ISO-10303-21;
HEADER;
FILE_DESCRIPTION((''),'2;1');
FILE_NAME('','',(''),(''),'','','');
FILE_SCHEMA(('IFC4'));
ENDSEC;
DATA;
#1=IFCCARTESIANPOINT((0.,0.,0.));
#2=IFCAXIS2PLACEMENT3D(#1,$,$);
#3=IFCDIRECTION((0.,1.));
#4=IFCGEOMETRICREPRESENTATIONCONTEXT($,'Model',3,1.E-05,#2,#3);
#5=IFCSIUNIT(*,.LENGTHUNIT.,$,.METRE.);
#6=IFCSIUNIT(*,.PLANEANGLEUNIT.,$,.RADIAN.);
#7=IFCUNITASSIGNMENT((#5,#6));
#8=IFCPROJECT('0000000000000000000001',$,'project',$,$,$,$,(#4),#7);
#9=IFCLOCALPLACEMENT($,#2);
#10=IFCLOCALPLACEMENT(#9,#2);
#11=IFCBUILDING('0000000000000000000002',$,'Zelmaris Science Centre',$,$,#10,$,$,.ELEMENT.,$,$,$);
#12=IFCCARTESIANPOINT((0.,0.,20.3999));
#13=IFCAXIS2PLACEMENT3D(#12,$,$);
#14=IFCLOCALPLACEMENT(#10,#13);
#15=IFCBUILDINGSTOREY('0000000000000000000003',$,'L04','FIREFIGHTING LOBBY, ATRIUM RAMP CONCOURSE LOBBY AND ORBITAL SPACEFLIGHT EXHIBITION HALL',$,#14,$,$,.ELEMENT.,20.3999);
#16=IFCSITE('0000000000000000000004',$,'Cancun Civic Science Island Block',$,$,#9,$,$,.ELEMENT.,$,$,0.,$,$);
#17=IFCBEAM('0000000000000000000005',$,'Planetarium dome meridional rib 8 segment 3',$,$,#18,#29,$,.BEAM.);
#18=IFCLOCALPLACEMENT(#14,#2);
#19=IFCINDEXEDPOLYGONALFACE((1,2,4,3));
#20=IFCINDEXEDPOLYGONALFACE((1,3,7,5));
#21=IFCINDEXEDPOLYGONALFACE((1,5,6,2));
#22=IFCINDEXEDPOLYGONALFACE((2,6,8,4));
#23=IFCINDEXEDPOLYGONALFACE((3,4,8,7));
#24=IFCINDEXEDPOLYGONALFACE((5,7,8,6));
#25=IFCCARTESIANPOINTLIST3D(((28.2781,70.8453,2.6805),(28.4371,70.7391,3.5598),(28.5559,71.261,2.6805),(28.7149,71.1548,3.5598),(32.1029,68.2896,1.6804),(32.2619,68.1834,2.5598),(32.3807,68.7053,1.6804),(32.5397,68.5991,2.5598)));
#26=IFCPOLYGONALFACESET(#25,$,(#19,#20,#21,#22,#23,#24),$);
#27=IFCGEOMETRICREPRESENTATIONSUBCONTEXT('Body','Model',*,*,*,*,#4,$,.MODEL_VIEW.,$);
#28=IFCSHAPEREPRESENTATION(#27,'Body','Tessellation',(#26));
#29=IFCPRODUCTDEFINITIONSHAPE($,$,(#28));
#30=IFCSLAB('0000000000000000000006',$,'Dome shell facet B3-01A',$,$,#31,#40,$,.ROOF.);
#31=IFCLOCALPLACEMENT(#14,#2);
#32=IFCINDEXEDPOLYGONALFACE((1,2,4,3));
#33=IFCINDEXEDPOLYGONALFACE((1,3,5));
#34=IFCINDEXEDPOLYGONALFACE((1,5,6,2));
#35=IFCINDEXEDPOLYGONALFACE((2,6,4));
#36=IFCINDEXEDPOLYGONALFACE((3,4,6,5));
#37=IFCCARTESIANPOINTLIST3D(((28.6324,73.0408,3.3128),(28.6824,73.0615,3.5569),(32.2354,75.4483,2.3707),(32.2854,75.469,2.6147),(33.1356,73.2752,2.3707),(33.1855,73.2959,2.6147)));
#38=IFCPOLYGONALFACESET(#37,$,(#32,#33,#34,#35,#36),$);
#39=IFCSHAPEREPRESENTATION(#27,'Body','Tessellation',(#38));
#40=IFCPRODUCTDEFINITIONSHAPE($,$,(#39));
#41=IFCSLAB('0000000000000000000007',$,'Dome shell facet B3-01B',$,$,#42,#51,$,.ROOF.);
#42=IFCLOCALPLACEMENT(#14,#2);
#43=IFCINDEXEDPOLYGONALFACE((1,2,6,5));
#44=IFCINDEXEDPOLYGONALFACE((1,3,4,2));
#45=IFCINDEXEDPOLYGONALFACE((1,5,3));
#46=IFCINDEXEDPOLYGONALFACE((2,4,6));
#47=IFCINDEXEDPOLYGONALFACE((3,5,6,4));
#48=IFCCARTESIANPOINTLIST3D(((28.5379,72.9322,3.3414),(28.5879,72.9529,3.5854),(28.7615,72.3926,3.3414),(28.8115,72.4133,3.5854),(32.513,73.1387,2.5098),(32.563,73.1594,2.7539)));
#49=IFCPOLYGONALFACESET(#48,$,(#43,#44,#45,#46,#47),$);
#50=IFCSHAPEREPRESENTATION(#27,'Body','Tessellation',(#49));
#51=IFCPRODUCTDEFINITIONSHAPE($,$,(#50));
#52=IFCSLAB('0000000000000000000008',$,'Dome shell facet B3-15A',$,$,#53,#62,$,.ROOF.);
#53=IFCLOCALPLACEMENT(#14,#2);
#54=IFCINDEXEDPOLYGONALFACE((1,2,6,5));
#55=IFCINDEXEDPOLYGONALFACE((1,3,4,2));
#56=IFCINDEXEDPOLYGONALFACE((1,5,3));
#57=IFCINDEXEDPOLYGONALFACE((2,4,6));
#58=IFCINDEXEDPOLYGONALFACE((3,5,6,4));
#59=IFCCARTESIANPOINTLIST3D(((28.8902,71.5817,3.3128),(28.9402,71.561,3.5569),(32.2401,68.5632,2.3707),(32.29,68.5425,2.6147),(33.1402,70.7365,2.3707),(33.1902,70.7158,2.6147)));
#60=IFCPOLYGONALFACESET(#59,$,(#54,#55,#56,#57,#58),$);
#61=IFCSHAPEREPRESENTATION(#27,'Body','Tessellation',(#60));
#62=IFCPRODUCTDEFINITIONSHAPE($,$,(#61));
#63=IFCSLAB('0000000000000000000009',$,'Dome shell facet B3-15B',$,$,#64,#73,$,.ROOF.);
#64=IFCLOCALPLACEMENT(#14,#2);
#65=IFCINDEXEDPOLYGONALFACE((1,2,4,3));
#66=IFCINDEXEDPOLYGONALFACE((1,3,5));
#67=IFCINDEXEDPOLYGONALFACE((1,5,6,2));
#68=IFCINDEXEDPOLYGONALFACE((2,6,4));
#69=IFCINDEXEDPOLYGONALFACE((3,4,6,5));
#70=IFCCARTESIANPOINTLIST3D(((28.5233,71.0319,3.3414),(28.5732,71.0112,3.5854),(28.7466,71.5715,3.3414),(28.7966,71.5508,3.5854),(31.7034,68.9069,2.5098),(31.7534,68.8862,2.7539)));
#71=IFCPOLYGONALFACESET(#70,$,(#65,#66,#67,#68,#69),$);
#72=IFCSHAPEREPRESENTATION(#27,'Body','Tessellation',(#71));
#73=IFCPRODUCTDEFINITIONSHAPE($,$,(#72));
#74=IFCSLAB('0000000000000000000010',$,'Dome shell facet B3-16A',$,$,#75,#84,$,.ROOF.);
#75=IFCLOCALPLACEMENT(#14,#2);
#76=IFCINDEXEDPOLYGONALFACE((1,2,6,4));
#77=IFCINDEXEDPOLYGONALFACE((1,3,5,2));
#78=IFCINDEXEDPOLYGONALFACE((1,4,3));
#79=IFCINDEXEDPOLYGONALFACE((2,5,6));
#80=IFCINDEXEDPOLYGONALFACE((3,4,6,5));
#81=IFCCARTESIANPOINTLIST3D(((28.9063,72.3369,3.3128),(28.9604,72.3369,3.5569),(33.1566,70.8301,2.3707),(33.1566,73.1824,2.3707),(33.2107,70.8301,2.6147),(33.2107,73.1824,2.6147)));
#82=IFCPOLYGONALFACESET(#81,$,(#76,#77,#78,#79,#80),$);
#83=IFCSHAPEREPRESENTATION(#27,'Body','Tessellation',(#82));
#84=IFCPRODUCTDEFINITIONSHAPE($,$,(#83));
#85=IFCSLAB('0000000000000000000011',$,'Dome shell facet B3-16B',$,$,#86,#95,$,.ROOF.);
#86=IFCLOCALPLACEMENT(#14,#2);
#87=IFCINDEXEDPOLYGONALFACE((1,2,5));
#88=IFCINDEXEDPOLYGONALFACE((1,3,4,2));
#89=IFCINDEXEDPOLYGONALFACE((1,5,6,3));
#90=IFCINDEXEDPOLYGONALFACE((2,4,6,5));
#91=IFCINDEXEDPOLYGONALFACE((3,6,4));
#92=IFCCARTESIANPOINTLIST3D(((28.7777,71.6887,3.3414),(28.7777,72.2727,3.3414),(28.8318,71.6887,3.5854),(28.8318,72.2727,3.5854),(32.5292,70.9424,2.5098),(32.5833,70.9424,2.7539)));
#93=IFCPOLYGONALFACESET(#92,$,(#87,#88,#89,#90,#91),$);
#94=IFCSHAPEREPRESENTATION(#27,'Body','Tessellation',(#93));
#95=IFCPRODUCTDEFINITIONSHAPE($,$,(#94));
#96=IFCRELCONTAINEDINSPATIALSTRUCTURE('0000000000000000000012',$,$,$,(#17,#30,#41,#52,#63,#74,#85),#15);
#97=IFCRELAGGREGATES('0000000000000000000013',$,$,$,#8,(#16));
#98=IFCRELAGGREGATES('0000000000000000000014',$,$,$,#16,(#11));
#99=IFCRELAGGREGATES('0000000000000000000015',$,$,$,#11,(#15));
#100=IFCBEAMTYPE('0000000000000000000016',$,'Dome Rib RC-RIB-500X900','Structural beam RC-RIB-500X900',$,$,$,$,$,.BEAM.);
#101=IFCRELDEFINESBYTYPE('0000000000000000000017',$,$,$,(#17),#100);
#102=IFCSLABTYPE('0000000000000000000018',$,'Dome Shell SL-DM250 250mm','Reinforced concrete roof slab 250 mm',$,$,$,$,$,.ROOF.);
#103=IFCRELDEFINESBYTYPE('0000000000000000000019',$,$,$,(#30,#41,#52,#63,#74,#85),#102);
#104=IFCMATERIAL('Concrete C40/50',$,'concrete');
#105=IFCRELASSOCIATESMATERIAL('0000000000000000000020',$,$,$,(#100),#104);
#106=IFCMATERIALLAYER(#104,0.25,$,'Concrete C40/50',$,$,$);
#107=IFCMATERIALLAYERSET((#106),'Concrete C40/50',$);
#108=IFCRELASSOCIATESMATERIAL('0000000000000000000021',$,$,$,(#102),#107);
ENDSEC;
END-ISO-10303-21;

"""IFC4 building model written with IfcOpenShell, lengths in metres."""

from ifc_helpers import new_model, si_unit, direction, frame, origin, origin_2d, place, context, subcontext, project, spatial, polyline, rectangle, outline, extrude, material, layer, layer_set, material_profile, profile_set, type_object, element, save


model = new_model("IFC4")

# Units and contexts
model_context = context("Model", 3, precision=1e-05, world=origin(), true_north=direction((0.0, 1.0)))
body_context = subcontext(model_context, "Body", "Model", "MODEL_VIEW")
ifc_project = project(units=[si_unit("LENGTHUNIT", "METRE"), si_unit("PLANEANGLEUNIT", "RADIAN")], contexts=[model_context])

# Site, building, storey
site_placement = place(None, origin())
site = spatial("IfcSite", under=ifc_project, at=site_placement, Name="Cancun Civic Science Island Block", CompositionType="ELEMENT", RefElevation=0.0)
building_placement = place(site_placement, origin())
building = spatial("IfcBuilding", under=site, at=building_placement, Name="Zelmaris Science Centre", CompositionType="ELEMENT")
storey_placement = place(building_placement, frame((0.0, 0.0, 20.3999)))
storey = spatial("IfcBuildingStorey", under=building, at=storey_placement, Name="L04", Description="FIREFIGHTING LOBBY, ATRIUM RAMP CONCOURSE LOBBY AND ORBITAL SPACEFLIGHT EXHIBITION HALL", CompositionType="ELEMENT", Elevation=20.3999)

# Beam
ifc_material = material(Name="Concrete C40/50", Category="concrete")
ifc_material_profile_1 = material_profile(ifc_material, rectangle(XDim=0.5, YDim=0.8999, at=origin_2d()), Name="RC-RIB-500X900")
ifc_profile_set_1 = profile_set([ifc_material_profile_1], Name="Concrete C40/50")
beam_type_1 = type_object("IfcBeamType", Name="Dome Rib RC-RIB-500X900", Description="Structural beam RC-RIB-500X900", PredefinedType="BEAM", material=ifc_profile_set_1)
for number, where, z_axis, x_axis, name in (
    (1, (32.3213, 68.4443, 2.1201), (-0.812485, 0.542901, 0.212431), (-0.555582, -0.831462, 0.0), "Planetarium dome meridional rib 8 segment 3"),
):
    element("IfcBeam", number, at=place(storey_placement, frame(where, z_axis=z_axis, x_axis=x_axis)), inside=storey, type_object=beam_type_1, Name=name, PredefinedType="BEAM", context=body_context, shape_type="SweptSolid", body=[
        extrude(rectangle(XDim=0.5, YDim=0.8999, at=origin_2d()), origin(), (0.0, 0.0, 1.0), 4.7075),
    ])

# Slabs
ifc_layer = layer(ifc_material, 0.25, Name="Concrete C40/50")
ifc_layer_set = layer_set([ifc_layer], Name="Concrete C40/50")
slab_type = type_object("IfcSlabType", Name="Dome Shell SL-DM250 250mm", Description="Reinforced concrete roof slab 250 mm", PredefinedType="ROOF", material=ifc_layer_set)
slab_1_placement = place(storey_placement, frame((33.1855, 73.2959, 2.6147), z_axis=(0.199947, 0.082823, 0.9763), x_axis=(-0.382691, 0.923876, 0.0)))
element("IfcSlab", 2, at=slab_1_placement, inside=storey, type_object=slab_type, Name="Dome shell facet B3-01A", PredefinedType="ROOF", context=body_context, shape_type="SweptSolid", body=[
    extrude(outline(polyline([(0.0, 0.0), (2.3521, 0.0), (1.5068, 4.3532), (0.0, 0.0)])), origin(), (0.0, 0.0, -1.0), 0.25),
])
slab_2_placement = place(storey_placement, frame((32.563, 73.1594, 2.7539), z_axis=(0.199925, 0.082865, 0.976301), x_axis=(-0.97755, -0.050793, 0.204492)))
element("IfcSlab", 3, at=slab_2_placement, inside=storey, type_object=slab_type, Name="Dome shell facet B3-01B", PredefinedType="ROOF", context=body_context, shape_type="SweptSolid", body=[
    extrude(outline(polyline([(0.0, 0.0), (4.0664, 0.0), (3.8752, 0.5519), (0.0, 0.0)])), origin(), (0.0, 0.0, -1.0), 0.25),
])
slab_3_placement = place(storey_placement, frame((32.29, 68.5425, 2.6147), z_axis=(0.199955, -0.082817, 0.976299), x_axis=(0.382654, 0.923892, 0.0)))
element("IfcSlab", 4, at=slab_3_placement, inside=storey, type_object=slab_type, Name="Dome shell facet B3-15A", PredefinedType="ROOF", context=body_context, shape_type="SweptSolid", body=[
    extrude(outline(polyline([(0.0, 0.0), (2.3524, 0.0), (1.507, 4.3531), (0.0, 0.0)])), origin(), (0.0, 0.0, -1.0), 0.25),
])
slab_4_placement = place(storey_placement, frame((31.7534, 68.8862, 2.7539), z_axis=(0.19996, -0.082789, 0.9763), x_axis=(-0.727164, 0.655295, 0.204502)))
element("IfcSlab", 5, at=slab_4_placement, inside=storey, type_object=slab_type, Name="Dome shell facet B3-15B", PredefinedType="ROOF", context=body_context, shape_type="SweptSolid", body=[
    extrude(outline(polyline([(0.0, 0.0), (4.0662, 0.0), (3.8751, 0.5518), (0.0, 0.0)])), origin(), (0.0, 0.0, -1.0), 0.25),
])
slab_5_placement = place(storey_placement, frame((33.2107, 70.8301, 2.6147), z_axis=(0.216414, 0.0, 0.976302), x_axis=(0.0, 1.0, 0.0)))
element("IfcSlab", 6, at=slab_5_placement, inside=storey, type_object=slab_type, Name="Dome shell facet B3-16A", PredefinedType="ROOF", context=body_context, shape_type="SweptSolid", body=[
    extrude(outline(polyline([(0.0, 0.0), (2.3523, 0.0), (1.5068, 4.3534), (0.0, 0.0)])), origin(), (0.0, 0.0, -1.0), 0.25),
])
slab_6_placement = place(storey_placement, frame((32.5833, 70.9424, 2.7539), z_axis=(0.216406, 0.0, 0.976304), x_axis=(-0.922577, 0.327159, 0.204497)))
element("IfcSlab", 7, at=slab_6_placement, inside=storey, type_object=slab_type, Name="Dome shell facet B3-16B", PredefinedType="ROOF", context=body_context, shape_type="SweptSolid", body=[
    extrude(outline(polyline([(0.0, 0.0), (4.0663, 0.0), (3.8752, 0.5518), (0.0, 0.0)])), origin(), (0.0, 0.0, -1.0), 0.25),
])

save(model, "model.ifc")
